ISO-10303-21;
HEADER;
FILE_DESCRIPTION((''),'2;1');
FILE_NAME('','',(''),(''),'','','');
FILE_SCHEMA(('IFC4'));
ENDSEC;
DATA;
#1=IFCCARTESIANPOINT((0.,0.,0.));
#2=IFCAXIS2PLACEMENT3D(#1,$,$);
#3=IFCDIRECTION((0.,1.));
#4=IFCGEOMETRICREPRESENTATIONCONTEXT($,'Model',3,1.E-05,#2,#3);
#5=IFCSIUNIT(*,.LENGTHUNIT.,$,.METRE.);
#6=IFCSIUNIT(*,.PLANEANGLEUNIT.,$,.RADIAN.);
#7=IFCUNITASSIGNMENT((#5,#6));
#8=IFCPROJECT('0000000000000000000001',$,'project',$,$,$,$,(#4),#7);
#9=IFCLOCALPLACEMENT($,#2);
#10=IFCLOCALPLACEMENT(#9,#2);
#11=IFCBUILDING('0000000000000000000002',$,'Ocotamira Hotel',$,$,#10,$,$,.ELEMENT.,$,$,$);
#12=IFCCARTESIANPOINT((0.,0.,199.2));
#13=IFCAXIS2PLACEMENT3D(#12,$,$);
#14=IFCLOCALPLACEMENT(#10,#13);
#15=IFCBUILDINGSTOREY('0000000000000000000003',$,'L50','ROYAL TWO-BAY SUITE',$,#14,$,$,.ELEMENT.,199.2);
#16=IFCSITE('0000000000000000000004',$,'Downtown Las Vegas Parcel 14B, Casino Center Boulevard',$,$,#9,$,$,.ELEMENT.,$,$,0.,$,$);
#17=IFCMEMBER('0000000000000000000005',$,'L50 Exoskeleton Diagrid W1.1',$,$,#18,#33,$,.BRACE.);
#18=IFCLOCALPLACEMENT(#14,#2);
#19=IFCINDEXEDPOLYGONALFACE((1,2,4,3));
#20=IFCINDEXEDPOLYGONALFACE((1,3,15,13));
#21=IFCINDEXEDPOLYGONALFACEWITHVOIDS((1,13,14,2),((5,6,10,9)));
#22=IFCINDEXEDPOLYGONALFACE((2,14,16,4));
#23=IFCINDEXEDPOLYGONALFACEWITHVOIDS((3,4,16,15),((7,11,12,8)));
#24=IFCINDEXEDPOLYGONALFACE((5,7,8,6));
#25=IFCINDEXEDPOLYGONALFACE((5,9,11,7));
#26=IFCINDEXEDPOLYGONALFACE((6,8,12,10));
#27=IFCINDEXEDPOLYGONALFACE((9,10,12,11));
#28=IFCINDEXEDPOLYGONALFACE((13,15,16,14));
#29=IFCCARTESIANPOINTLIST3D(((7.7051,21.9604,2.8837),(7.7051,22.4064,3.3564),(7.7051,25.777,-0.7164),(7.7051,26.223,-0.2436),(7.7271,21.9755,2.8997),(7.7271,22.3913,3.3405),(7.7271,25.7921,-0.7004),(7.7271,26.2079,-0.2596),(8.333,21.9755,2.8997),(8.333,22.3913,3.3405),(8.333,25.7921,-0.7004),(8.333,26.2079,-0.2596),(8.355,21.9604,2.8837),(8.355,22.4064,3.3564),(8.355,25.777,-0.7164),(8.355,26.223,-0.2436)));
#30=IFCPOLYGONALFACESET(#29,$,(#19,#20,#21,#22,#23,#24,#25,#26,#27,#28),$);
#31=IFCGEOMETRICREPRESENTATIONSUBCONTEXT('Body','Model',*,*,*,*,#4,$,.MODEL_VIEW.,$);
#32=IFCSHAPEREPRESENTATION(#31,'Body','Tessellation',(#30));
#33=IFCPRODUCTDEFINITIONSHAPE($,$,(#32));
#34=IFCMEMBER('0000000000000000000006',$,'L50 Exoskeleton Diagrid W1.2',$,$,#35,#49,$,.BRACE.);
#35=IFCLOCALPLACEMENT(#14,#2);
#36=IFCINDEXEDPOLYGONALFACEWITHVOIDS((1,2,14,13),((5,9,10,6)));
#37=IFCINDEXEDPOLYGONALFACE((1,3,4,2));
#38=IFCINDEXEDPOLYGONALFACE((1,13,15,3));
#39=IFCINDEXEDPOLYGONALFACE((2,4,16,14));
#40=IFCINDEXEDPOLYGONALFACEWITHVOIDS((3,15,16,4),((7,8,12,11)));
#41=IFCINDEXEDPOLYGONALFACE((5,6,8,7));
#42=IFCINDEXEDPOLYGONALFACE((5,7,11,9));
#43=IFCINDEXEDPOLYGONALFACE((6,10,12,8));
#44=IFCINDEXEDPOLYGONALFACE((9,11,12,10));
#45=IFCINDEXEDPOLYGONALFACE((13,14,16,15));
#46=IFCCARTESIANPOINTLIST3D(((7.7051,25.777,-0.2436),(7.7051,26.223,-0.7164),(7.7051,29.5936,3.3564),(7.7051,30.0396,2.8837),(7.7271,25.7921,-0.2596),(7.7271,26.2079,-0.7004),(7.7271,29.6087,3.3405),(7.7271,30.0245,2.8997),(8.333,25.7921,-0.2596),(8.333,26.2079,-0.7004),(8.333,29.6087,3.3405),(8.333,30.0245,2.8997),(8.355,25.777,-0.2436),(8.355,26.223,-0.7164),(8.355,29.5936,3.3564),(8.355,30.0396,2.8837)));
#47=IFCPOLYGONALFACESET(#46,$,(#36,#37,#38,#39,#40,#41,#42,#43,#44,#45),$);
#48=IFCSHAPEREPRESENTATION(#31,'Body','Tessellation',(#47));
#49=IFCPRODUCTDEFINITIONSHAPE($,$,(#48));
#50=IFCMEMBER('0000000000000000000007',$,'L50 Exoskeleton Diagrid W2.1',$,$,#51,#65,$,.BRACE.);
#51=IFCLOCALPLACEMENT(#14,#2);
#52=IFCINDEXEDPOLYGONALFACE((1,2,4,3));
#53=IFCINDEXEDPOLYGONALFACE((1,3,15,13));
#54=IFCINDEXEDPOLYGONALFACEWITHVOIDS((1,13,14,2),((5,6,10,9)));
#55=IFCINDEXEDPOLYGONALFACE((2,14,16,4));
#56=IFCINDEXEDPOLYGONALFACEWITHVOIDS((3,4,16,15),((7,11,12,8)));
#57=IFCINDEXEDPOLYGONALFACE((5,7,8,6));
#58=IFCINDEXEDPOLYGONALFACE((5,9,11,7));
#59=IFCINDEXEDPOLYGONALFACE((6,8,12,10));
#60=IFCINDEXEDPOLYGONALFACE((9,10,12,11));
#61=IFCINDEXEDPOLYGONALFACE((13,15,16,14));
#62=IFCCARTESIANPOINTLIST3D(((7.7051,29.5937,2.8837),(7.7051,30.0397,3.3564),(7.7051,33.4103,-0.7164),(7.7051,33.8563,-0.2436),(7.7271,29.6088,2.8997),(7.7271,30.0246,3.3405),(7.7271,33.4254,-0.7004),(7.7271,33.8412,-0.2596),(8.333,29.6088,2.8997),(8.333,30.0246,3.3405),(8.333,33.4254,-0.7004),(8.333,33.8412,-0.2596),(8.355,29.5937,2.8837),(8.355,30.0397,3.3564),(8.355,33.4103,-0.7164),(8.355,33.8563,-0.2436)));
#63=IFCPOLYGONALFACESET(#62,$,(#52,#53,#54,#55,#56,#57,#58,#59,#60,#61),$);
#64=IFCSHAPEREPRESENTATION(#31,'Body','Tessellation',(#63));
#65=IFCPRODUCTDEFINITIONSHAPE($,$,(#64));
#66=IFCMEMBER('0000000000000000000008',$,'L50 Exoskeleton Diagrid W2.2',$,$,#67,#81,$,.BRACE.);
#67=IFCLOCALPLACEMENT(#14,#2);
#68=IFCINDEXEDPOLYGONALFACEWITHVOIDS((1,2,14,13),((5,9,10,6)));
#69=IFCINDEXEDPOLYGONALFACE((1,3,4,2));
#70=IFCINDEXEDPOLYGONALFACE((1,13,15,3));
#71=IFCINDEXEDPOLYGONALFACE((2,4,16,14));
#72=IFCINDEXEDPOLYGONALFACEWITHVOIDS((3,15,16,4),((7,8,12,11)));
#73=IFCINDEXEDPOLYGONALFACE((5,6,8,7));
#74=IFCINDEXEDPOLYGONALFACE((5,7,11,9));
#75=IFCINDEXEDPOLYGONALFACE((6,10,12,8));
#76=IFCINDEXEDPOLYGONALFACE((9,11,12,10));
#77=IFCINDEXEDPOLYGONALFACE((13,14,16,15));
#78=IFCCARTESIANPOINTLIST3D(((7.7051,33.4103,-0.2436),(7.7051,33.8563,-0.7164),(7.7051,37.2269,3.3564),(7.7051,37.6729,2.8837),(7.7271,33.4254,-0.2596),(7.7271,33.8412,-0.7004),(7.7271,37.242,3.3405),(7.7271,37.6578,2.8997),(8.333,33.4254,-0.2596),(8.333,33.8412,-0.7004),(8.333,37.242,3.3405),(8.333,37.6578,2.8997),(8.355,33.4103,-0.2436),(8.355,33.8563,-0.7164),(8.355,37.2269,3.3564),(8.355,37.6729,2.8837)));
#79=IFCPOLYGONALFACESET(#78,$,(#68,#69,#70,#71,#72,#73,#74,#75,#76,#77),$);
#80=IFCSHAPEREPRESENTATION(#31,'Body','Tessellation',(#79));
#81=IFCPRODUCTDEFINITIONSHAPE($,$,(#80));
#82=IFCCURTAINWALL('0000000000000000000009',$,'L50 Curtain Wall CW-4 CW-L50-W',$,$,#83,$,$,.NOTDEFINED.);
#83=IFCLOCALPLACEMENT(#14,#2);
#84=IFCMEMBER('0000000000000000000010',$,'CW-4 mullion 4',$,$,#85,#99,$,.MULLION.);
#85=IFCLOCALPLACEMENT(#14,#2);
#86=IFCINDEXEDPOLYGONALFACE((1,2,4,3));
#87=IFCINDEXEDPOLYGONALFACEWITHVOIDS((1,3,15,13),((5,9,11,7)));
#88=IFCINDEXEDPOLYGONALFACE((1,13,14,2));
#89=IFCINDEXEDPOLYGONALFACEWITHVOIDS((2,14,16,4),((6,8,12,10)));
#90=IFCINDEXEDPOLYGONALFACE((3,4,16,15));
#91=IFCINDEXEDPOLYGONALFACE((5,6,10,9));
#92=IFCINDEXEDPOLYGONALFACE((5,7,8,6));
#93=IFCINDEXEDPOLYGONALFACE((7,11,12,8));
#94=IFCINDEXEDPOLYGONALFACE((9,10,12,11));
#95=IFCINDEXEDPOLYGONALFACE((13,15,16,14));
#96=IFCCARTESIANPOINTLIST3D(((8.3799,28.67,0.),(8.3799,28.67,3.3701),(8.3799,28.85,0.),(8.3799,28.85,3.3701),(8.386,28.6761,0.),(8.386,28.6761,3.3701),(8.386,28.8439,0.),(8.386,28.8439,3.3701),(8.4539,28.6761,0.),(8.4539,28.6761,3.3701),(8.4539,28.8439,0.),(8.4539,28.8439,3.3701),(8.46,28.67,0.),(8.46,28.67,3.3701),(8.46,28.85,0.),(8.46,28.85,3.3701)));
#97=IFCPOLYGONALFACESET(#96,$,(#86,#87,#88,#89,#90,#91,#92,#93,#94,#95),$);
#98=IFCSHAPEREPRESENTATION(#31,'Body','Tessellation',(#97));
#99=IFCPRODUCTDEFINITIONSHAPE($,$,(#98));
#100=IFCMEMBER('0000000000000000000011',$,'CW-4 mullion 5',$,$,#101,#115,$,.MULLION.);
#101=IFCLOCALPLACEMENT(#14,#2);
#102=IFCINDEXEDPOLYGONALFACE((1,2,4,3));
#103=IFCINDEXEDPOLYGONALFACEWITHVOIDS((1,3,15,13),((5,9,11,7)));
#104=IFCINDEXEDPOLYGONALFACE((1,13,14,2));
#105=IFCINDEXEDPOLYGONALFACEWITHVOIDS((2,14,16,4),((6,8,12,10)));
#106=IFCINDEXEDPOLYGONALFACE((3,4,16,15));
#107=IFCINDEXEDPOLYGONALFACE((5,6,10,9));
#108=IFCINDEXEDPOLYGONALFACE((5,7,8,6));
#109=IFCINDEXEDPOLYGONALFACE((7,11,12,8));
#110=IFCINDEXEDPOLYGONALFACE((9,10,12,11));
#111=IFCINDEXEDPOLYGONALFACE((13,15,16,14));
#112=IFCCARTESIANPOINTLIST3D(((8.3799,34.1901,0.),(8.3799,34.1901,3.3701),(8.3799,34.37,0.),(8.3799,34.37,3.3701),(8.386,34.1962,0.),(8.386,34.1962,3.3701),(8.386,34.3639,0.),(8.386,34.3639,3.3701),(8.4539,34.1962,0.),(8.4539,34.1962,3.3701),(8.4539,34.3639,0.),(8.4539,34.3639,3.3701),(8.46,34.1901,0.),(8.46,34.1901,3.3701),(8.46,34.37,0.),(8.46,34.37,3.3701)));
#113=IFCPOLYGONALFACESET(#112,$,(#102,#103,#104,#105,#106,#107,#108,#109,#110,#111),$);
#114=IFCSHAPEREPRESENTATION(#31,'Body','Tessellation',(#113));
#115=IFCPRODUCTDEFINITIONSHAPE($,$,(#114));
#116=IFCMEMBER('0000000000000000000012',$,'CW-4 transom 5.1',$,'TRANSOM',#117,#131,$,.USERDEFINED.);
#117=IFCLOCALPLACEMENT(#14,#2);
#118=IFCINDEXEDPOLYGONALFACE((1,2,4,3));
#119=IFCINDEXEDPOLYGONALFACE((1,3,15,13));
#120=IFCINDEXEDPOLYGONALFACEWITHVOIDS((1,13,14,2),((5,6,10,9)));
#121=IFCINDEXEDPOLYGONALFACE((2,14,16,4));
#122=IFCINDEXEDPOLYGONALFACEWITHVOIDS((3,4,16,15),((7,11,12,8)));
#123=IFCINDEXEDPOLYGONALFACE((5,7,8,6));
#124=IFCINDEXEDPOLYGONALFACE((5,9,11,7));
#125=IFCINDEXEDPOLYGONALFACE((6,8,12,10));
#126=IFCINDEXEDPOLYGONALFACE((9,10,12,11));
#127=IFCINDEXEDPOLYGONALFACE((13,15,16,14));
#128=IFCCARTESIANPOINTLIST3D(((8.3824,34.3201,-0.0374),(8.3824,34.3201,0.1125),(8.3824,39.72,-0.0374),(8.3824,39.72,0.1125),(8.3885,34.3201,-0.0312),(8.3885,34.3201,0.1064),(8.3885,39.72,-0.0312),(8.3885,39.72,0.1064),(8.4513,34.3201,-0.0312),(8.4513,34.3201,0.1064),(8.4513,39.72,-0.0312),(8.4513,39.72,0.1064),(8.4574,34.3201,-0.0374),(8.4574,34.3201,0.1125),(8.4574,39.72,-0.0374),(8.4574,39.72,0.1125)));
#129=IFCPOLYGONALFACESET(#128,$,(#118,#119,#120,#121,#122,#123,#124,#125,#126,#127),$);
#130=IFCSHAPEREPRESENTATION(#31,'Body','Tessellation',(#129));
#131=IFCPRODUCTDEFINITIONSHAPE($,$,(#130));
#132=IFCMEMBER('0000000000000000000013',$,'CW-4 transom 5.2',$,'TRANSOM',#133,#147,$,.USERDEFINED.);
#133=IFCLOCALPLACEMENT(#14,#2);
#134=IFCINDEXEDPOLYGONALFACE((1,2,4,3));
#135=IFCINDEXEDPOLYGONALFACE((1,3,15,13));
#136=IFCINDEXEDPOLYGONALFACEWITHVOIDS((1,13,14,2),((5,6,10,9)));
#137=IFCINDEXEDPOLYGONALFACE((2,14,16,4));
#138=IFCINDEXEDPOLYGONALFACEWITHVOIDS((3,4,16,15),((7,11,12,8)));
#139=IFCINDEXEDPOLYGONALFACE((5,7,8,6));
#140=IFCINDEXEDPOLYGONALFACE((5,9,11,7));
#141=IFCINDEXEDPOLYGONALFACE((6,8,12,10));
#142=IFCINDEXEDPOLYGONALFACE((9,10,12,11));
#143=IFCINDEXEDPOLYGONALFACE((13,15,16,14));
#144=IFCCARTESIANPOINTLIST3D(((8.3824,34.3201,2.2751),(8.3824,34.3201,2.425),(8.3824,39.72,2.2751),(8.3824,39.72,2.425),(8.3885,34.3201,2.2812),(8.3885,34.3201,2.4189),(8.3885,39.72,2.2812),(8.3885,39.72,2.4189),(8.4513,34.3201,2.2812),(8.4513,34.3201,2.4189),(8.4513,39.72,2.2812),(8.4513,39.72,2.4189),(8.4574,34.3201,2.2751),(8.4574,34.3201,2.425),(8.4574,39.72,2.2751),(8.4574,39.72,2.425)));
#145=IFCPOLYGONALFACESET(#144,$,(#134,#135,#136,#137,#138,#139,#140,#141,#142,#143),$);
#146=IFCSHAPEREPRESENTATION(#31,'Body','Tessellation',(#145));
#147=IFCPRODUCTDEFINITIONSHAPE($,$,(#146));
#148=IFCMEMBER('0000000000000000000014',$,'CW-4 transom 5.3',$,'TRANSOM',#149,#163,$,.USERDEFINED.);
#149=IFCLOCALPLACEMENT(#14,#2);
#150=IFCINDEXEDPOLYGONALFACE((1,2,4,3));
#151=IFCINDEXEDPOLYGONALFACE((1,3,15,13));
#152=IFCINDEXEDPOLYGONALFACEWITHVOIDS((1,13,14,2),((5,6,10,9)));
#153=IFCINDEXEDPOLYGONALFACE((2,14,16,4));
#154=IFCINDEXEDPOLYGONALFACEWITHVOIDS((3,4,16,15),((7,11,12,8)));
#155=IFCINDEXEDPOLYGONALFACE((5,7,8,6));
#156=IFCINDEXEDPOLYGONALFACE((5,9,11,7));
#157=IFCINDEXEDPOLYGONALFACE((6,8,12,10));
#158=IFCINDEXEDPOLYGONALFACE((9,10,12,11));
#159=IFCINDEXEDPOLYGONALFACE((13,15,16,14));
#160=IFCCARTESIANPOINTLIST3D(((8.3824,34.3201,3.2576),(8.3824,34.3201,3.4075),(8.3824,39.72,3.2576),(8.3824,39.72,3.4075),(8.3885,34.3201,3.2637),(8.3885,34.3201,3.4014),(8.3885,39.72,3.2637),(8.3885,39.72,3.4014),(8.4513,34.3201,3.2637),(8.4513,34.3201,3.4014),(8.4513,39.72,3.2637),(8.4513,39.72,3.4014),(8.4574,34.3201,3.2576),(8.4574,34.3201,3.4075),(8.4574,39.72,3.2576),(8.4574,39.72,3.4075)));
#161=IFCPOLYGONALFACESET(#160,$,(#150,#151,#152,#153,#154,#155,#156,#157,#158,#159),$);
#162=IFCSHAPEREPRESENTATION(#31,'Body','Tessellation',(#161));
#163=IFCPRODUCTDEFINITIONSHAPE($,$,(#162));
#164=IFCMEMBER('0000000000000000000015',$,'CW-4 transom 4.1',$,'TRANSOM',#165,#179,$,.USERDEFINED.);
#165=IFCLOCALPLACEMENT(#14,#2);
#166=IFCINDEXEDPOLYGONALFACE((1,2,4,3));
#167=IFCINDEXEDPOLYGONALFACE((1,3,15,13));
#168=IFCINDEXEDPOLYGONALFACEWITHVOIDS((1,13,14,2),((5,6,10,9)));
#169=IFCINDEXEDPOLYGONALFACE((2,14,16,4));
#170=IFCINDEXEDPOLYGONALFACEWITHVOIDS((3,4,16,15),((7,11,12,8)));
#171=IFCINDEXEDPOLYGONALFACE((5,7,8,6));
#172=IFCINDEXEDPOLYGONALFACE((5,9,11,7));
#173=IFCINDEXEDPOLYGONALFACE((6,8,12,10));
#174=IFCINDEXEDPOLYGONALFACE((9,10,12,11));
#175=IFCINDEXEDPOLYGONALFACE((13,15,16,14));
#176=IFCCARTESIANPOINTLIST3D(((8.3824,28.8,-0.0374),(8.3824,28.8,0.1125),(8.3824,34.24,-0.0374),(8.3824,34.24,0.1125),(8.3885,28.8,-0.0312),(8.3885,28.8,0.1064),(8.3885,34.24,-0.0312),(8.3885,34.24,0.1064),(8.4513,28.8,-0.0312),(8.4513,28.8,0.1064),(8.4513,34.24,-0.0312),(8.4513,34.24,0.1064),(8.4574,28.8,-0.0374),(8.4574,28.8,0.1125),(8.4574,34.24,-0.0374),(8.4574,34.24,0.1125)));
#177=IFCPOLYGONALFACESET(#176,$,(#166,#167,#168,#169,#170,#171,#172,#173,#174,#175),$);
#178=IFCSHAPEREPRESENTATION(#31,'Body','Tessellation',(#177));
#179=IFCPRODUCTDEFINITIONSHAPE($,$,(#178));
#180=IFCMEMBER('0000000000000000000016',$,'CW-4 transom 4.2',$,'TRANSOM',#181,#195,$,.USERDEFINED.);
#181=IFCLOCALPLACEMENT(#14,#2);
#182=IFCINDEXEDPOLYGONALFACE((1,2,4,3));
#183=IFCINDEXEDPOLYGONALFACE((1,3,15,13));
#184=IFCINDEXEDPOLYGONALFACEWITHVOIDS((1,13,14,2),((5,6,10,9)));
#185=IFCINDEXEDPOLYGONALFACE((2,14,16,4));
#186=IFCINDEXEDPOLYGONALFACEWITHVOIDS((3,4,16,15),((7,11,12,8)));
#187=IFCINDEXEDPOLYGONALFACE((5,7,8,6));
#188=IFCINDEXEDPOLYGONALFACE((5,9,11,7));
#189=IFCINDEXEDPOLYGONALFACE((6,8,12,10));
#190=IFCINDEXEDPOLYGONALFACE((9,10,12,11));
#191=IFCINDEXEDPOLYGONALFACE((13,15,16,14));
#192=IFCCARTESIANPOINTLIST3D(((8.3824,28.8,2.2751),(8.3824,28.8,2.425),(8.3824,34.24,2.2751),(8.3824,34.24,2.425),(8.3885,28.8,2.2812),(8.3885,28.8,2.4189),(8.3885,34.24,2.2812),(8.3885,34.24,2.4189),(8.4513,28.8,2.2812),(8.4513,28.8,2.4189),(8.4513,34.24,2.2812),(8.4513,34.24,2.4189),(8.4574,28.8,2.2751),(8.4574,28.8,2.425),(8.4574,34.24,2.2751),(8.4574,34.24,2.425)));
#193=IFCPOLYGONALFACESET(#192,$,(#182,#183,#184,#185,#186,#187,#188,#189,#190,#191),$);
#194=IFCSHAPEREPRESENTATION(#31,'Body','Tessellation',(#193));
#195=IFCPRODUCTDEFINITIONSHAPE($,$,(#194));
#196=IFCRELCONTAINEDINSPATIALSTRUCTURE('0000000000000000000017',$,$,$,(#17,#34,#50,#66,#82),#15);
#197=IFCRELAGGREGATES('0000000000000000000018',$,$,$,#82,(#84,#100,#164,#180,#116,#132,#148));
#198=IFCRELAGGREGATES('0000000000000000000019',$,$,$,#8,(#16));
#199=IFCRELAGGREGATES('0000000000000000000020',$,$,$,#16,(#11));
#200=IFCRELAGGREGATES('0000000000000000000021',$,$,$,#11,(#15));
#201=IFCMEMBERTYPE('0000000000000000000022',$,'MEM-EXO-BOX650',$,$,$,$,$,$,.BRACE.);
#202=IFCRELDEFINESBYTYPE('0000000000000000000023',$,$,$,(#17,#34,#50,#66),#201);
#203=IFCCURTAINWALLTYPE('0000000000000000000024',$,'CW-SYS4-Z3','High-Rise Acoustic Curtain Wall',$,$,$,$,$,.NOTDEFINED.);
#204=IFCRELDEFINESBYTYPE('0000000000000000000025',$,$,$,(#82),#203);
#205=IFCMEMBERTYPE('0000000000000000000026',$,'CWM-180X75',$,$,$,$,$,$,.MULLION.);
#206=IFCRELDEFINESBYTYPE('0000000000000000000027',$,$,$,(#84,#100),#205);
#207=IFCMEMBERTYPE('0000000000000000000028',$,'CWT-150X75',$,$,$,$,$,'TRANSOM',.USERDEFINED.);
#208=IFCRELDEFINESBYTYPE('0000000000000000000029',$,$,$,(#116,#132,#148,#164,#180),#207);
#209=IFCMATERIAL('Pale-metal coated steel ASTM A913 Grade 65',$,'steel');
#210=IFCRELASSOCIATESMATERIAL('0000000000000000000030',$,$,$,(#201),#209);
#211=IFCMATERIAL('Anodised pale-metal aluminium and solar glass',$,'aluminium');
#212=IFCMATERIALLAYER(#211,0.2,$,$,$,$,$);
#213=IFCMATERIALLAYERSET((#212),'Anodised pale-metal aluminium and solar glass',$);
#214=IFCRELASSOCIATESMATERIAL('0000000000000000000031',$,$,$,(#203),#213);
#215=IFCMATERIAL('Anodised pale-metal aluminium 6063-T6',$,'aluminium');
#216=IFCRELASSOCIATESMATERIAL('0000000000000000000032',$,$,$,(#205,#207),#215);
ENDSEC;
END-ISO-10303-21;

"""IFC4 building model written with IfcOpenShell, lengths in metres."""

from ifc_helpers import new_model, si_unit, direction, frame, origin, origin_2d, place, context, subcontext, project, spatial, hollow_rectangle, extrude, source, transform, mapped, material, layer, layer_set, material_profile, profile_set, type_object, element, aggregate, save


model = new_model("IFC4")

# Units and contexts
model_context = context("Model", 3, precision=1e-05, world=origin(), true_north=direction((0.0, 1.0)))
body_context = subcontext(model_context, "Body", "Model", "MODEL_VIEW")
ifc_project = project(units=[si_unit("LENGTHUNIT", "METRE"), si_unit("PLANEANGLEUNIT", "RADIAN")], contexts=[model_context])

# Site, building, storey
site_placement = place(None, origin())
site = spatial("IfcSite", under=ifc_project, at=site_placement, Name="Downtown Las Vegas Parcel 14B, Casino Center Boulevard", CompositionType="ELEMENT", RefElevation=0.0)
building_placement = place(site_placement, origin())
building = spatial("IfcBuilding", under=site, at=building_placement, Name="Ocotamira Hotel", CompositionType="ELEMENT")
storey_placement = place(building_placement, frame((0.0, 0.0, 199.2)))
storey = spatial("IfcBuildingStorey", under=building, at=storey_placement, Name="L50", Description="ROYAL TWO-BAY SUITE", CompositionType="ELEMENT", Elevation=199.2)

# Members
ifc_material_1 = material(Name="Pale-metal coated steel ASTM A913 Grade 65", Category="steel")
ifc_material_profile_1 = material_profile(ifc_material_1, hollow_rectangle(XDim=0.6499, YDim=0.6499, WallThickness=0.022, at=origin_2d()), Name="BOX650X650X22")
ifc_profile_set_1 = profile_set([ifc_material_profile_1], Name="Pale-metal coated steel ASTM A913 Grade 65")
member_type_1 = type_object("IfcMemberType", Name="MEM-EXO-BOX650", PredefinedType="BRACE", material=ifc_profile_set_1)
shared_shape_1 = source(origin(), body_context, "Body", "SweptSolid", [
    extrude(hollow_rectangle(XDim=0.6499, YDim=0.6499, WallThickness=0.022, at=origin_2d()), origin(), (0.0, 0.0, 1.0), 5.2466),
])
for number, where, z_axis, x_axis, name in (
    (1, (8.03, 26.0, -0.48), (0.0, -0.727443, 0.686168), (1.0, 0.0, 0.0), "L50 Exoskeleton Diagrid W1.1"),
    (2, (8.03, 26.0, -0.48), (0.0, 0.727443, 0.686168), (-1.0, 0.0, 0.0), "L50 Exoskeleton Diagrid W1.2"),
    (3, (8.03, 33.6333, -0.48), (0.0, -0.727443, 0.686168), (1.0, 0.0, 0.0), "L50 Exoskeleton Diagrid W2.1"),
    (4, (8.03, 33.6333, -0.48), (0.0, 0.727443, 0.686168), (-1.0, 0.0, 0.0), "L50 Exoskeleton Diagrid W2.2"),
):
    element("IfcMember", number, at=place(storey_placement, frame(where, z_axis=z_axis, x_axis=x_axis)), inside=storey, type_object=member_type_1, Name=name, PredefinedType="BRACE", context=body_context, shape_type="MappedRepresentation", body=[
        mapped(shared_shape_1, transform((0.0, 0.0, 0.0), scale=1.0)),
    ])

# Curtain wall, members
ifc_material_2 = material(Name="Anodised pale-metal aluminium and solar glass", Category="aluminium")
ifc_layer_1 = layer(ifc_material_2, 0.2)
ifc_layer_set_1 = layer_set([ifc_layer_1], Name="Anodised pale-metal aluminium and solar glass")
curtain_wall_type = type_object("IfcCurtainWallType", Name="CW-SYS4-Z3", Description="High-Rise Acoustic Curtain Wall", PredefinedType="NOTDEFINED", material=ifc_layer_set_1)
curtain_wall_placement = place(storey_placement, origin())
curtain_wall = element("IfcCurtainWall", 5, at=curtain_wall_placement, inside=storey, type_object=curtain_wall_type, Name="L50 Curtain Wall CW-4 CW-L50-W", PredefinedType="NOTDEFINED")
ifc_material_3 = material(Name="Anodised pale-metal aluminium 6063-T6", Category="aluminium")
ifc_material_profile_2 = material_profile(ifc_material_3, hollow_rectangle(XDim=0.0801, YDim=0.1799, WallThickness=0.0061, at=origin_2d()), Name="HSS180X80X6")
ifc_profile_set_2 = profile_set([ifc_material_profile_2], Name="Anodised pale-metal aluminium 6063-T6")
member_type_2 = type_object("IfcMemberType", Name="CWM-180X75", PredefinedType="MULLION", material=ifc_profile_set_2)
shared_shape_2 = source(origin(), body_context, "Body", "SweptSolid", [
    extrude(hollow_rectangle(XDim=0.0801, YDim=0.1799, WallThickness=0.0061, at=origin_2d()), origin(), (0.0, 0.0, 1.0), 3.3701),
])
member_1_placement = place(storey_placement, frame((8.4199, 28.76, 0.0), z_axis=(0.0, 0.0, 1.0), x_axis=(-1.0, 0.0, 0.0)))
member_1 = element("IfcMember", 6, at=member_1_placement, type_object=member_type_2, Name="CW-4 mullion 4", PredefinedType="MULLION", context=body_context, shape_type="MappedRepresentation", body=[
    mapped(shared_shape_2, transform((0.0, 0.0, 0.0), scale=1.0)),
])
member_2_placement = place(storey_placement, frame((8.4199, 34.28, 0.0), z_axis=(0.0, 0.0, 1.0), x_axis=(-1.0, 0.0, 0.0)))
member_2 = element("IfcMember", 7, at=member_2_placement, type_object=member_type_2, Name="CW-4 mullion 5", PredefinedType="MULLION", context=body_context, shape_type="MappedRepresentation", body=[
    mapped(shared_shape_2, transform((0.0, 0.0, 0.0), scale=1.0)),
])
ifc_material_profile_3 = material_profile(ifc_material_3, hollow_rectangle(XDim=0.075, YDim=0.1499, WallThickness=0.0061, at=origin_2d()), Name="HSS150X75X6")
ifc_profile_set_3 = profile_set([ifc_material_profile_3], Name="Anodised pale-metal aluminium 6063-T6")
member_type_3 = type_object("IfcMemberType", Name="CWT-150X75", ElementType="TRANSOM", PredefinedType="USERDEFINED", material=ifc_profile_set_3)
shared_shape_3 = source(origin(), body_context, "Body", "SweptSolid", [
    extrude(hollow_rectangle(XDim=0.075, YDim=0.1499, WallThickness=0.0061, at=origin_2d()), origin(), (0.0, 0.0, 1.0), 5.3999),
])
member_3_placement = place(storey_placement, frame((8.4199, 34.3201, 0.0376), z_axis=(0.0, 1.0, 0.0), x_axis=(-1.0, 0.0, 0.0)))
member_3 = element("IfcMember", 8, at=member_3_placement, type_object=member_type_3, Name="CW-4 transom 5.1", ObjectType="TRANSOM", PredefinedType="USERDEFINED", context=body_context, shape_type="MappedRepresentation", body=[
    mapped(shared_shape_3, transform((0.0, 0.0, 0.0), scale=1.0)),
])
member_4_placement = place(storey_placement, frame((8.4199, 34.3201, 2.3501), z_axis=(0.0, 1.0, 0.0), x_axis=(-1.0, 0.0, 0.0)))
member_4 = element("IfcMember", 9, at=member_4_placement, type_object=member_type_3, Name="CW-4 transom 5.2", ObjectType="TRANSOM", PredefinedType="USERDEFINED", context=body_context, shape_type="MappedRepresentation", body=[
    mapped(shared_shape_3, transform((0.0, 0.0, 0.0), scale=1.0)),
])
member_5_placement = place(storey_placement, frame((8.4199, 34.3201, 3.3325), z_axis=(0.0, 1.0, 0.0), x_axis=(-1.0, 0.0, 0.0)))
member_5 = element("IfcMember", 10, at=member_5_placement, type_object=member_type_3, Name="CW-4 transom 5.3", ObjectType="TRANSOM", PredefinedType="USERDEFINED", context=body_context, shape_type="MappedRepresentation", body=[
    mapped(shared_shape_3, transform((0.0, 0.0, 0.0), scale=1.0)),
])
shared_shape_4 = source(origin(), body_context, "Body", "SweptSolid", [
    extrude(hollow_rectangle(XDim=0.075, YDim=0.1499, WallThickness=0.0061, at=origin_2d()), origin(), (0.0, 0.0, 1.0), 5.4399),
])
member_6_placement = place(storey_placement, frame((8.4199, 28.8, 0.0376), z_axis=(0.0, 1.0, 0.0), x_axis=(-1.0, 0.0, 0.0)))
member_6 = element("IfcMember", 11, at=member_6_placement, type_object=member_type_3, Name="CW-4 transom 4.1", ObjectType="TRANSOM", PredefinedType="USERDEFINED", context=body_context, shape_type="MappedRepresentation", body=[
    mapped(shared_shape_4, transform((0.0, 0.0, 0.0), scale=1.0)),
])
member_7_placement = place(storey_placement, frame((8.4199, 28.8, 2.3501), z_axis=(0.0, 1.0, 0.0), x_axis=(-1.0, 0.0, 0.0)))
member_7 = element("IfcMember", 12, at=member_7_placement, type_object=member_type_3, Name="CW-4 transom 4.2", ObjectType="TRANSOM", PredefinedType="USERDEFINED", context=body_context, shape_type="MappedRepresentation", body=[
    mapped(shared_shape_4, transform((0.0, 0.0, 0.0), scale=1.0)),
])

aggregate(curtain_wall, [member_1, member_2, member_6, member_7, member_3, member_4, member_5])

save(model, "model.ifc")
